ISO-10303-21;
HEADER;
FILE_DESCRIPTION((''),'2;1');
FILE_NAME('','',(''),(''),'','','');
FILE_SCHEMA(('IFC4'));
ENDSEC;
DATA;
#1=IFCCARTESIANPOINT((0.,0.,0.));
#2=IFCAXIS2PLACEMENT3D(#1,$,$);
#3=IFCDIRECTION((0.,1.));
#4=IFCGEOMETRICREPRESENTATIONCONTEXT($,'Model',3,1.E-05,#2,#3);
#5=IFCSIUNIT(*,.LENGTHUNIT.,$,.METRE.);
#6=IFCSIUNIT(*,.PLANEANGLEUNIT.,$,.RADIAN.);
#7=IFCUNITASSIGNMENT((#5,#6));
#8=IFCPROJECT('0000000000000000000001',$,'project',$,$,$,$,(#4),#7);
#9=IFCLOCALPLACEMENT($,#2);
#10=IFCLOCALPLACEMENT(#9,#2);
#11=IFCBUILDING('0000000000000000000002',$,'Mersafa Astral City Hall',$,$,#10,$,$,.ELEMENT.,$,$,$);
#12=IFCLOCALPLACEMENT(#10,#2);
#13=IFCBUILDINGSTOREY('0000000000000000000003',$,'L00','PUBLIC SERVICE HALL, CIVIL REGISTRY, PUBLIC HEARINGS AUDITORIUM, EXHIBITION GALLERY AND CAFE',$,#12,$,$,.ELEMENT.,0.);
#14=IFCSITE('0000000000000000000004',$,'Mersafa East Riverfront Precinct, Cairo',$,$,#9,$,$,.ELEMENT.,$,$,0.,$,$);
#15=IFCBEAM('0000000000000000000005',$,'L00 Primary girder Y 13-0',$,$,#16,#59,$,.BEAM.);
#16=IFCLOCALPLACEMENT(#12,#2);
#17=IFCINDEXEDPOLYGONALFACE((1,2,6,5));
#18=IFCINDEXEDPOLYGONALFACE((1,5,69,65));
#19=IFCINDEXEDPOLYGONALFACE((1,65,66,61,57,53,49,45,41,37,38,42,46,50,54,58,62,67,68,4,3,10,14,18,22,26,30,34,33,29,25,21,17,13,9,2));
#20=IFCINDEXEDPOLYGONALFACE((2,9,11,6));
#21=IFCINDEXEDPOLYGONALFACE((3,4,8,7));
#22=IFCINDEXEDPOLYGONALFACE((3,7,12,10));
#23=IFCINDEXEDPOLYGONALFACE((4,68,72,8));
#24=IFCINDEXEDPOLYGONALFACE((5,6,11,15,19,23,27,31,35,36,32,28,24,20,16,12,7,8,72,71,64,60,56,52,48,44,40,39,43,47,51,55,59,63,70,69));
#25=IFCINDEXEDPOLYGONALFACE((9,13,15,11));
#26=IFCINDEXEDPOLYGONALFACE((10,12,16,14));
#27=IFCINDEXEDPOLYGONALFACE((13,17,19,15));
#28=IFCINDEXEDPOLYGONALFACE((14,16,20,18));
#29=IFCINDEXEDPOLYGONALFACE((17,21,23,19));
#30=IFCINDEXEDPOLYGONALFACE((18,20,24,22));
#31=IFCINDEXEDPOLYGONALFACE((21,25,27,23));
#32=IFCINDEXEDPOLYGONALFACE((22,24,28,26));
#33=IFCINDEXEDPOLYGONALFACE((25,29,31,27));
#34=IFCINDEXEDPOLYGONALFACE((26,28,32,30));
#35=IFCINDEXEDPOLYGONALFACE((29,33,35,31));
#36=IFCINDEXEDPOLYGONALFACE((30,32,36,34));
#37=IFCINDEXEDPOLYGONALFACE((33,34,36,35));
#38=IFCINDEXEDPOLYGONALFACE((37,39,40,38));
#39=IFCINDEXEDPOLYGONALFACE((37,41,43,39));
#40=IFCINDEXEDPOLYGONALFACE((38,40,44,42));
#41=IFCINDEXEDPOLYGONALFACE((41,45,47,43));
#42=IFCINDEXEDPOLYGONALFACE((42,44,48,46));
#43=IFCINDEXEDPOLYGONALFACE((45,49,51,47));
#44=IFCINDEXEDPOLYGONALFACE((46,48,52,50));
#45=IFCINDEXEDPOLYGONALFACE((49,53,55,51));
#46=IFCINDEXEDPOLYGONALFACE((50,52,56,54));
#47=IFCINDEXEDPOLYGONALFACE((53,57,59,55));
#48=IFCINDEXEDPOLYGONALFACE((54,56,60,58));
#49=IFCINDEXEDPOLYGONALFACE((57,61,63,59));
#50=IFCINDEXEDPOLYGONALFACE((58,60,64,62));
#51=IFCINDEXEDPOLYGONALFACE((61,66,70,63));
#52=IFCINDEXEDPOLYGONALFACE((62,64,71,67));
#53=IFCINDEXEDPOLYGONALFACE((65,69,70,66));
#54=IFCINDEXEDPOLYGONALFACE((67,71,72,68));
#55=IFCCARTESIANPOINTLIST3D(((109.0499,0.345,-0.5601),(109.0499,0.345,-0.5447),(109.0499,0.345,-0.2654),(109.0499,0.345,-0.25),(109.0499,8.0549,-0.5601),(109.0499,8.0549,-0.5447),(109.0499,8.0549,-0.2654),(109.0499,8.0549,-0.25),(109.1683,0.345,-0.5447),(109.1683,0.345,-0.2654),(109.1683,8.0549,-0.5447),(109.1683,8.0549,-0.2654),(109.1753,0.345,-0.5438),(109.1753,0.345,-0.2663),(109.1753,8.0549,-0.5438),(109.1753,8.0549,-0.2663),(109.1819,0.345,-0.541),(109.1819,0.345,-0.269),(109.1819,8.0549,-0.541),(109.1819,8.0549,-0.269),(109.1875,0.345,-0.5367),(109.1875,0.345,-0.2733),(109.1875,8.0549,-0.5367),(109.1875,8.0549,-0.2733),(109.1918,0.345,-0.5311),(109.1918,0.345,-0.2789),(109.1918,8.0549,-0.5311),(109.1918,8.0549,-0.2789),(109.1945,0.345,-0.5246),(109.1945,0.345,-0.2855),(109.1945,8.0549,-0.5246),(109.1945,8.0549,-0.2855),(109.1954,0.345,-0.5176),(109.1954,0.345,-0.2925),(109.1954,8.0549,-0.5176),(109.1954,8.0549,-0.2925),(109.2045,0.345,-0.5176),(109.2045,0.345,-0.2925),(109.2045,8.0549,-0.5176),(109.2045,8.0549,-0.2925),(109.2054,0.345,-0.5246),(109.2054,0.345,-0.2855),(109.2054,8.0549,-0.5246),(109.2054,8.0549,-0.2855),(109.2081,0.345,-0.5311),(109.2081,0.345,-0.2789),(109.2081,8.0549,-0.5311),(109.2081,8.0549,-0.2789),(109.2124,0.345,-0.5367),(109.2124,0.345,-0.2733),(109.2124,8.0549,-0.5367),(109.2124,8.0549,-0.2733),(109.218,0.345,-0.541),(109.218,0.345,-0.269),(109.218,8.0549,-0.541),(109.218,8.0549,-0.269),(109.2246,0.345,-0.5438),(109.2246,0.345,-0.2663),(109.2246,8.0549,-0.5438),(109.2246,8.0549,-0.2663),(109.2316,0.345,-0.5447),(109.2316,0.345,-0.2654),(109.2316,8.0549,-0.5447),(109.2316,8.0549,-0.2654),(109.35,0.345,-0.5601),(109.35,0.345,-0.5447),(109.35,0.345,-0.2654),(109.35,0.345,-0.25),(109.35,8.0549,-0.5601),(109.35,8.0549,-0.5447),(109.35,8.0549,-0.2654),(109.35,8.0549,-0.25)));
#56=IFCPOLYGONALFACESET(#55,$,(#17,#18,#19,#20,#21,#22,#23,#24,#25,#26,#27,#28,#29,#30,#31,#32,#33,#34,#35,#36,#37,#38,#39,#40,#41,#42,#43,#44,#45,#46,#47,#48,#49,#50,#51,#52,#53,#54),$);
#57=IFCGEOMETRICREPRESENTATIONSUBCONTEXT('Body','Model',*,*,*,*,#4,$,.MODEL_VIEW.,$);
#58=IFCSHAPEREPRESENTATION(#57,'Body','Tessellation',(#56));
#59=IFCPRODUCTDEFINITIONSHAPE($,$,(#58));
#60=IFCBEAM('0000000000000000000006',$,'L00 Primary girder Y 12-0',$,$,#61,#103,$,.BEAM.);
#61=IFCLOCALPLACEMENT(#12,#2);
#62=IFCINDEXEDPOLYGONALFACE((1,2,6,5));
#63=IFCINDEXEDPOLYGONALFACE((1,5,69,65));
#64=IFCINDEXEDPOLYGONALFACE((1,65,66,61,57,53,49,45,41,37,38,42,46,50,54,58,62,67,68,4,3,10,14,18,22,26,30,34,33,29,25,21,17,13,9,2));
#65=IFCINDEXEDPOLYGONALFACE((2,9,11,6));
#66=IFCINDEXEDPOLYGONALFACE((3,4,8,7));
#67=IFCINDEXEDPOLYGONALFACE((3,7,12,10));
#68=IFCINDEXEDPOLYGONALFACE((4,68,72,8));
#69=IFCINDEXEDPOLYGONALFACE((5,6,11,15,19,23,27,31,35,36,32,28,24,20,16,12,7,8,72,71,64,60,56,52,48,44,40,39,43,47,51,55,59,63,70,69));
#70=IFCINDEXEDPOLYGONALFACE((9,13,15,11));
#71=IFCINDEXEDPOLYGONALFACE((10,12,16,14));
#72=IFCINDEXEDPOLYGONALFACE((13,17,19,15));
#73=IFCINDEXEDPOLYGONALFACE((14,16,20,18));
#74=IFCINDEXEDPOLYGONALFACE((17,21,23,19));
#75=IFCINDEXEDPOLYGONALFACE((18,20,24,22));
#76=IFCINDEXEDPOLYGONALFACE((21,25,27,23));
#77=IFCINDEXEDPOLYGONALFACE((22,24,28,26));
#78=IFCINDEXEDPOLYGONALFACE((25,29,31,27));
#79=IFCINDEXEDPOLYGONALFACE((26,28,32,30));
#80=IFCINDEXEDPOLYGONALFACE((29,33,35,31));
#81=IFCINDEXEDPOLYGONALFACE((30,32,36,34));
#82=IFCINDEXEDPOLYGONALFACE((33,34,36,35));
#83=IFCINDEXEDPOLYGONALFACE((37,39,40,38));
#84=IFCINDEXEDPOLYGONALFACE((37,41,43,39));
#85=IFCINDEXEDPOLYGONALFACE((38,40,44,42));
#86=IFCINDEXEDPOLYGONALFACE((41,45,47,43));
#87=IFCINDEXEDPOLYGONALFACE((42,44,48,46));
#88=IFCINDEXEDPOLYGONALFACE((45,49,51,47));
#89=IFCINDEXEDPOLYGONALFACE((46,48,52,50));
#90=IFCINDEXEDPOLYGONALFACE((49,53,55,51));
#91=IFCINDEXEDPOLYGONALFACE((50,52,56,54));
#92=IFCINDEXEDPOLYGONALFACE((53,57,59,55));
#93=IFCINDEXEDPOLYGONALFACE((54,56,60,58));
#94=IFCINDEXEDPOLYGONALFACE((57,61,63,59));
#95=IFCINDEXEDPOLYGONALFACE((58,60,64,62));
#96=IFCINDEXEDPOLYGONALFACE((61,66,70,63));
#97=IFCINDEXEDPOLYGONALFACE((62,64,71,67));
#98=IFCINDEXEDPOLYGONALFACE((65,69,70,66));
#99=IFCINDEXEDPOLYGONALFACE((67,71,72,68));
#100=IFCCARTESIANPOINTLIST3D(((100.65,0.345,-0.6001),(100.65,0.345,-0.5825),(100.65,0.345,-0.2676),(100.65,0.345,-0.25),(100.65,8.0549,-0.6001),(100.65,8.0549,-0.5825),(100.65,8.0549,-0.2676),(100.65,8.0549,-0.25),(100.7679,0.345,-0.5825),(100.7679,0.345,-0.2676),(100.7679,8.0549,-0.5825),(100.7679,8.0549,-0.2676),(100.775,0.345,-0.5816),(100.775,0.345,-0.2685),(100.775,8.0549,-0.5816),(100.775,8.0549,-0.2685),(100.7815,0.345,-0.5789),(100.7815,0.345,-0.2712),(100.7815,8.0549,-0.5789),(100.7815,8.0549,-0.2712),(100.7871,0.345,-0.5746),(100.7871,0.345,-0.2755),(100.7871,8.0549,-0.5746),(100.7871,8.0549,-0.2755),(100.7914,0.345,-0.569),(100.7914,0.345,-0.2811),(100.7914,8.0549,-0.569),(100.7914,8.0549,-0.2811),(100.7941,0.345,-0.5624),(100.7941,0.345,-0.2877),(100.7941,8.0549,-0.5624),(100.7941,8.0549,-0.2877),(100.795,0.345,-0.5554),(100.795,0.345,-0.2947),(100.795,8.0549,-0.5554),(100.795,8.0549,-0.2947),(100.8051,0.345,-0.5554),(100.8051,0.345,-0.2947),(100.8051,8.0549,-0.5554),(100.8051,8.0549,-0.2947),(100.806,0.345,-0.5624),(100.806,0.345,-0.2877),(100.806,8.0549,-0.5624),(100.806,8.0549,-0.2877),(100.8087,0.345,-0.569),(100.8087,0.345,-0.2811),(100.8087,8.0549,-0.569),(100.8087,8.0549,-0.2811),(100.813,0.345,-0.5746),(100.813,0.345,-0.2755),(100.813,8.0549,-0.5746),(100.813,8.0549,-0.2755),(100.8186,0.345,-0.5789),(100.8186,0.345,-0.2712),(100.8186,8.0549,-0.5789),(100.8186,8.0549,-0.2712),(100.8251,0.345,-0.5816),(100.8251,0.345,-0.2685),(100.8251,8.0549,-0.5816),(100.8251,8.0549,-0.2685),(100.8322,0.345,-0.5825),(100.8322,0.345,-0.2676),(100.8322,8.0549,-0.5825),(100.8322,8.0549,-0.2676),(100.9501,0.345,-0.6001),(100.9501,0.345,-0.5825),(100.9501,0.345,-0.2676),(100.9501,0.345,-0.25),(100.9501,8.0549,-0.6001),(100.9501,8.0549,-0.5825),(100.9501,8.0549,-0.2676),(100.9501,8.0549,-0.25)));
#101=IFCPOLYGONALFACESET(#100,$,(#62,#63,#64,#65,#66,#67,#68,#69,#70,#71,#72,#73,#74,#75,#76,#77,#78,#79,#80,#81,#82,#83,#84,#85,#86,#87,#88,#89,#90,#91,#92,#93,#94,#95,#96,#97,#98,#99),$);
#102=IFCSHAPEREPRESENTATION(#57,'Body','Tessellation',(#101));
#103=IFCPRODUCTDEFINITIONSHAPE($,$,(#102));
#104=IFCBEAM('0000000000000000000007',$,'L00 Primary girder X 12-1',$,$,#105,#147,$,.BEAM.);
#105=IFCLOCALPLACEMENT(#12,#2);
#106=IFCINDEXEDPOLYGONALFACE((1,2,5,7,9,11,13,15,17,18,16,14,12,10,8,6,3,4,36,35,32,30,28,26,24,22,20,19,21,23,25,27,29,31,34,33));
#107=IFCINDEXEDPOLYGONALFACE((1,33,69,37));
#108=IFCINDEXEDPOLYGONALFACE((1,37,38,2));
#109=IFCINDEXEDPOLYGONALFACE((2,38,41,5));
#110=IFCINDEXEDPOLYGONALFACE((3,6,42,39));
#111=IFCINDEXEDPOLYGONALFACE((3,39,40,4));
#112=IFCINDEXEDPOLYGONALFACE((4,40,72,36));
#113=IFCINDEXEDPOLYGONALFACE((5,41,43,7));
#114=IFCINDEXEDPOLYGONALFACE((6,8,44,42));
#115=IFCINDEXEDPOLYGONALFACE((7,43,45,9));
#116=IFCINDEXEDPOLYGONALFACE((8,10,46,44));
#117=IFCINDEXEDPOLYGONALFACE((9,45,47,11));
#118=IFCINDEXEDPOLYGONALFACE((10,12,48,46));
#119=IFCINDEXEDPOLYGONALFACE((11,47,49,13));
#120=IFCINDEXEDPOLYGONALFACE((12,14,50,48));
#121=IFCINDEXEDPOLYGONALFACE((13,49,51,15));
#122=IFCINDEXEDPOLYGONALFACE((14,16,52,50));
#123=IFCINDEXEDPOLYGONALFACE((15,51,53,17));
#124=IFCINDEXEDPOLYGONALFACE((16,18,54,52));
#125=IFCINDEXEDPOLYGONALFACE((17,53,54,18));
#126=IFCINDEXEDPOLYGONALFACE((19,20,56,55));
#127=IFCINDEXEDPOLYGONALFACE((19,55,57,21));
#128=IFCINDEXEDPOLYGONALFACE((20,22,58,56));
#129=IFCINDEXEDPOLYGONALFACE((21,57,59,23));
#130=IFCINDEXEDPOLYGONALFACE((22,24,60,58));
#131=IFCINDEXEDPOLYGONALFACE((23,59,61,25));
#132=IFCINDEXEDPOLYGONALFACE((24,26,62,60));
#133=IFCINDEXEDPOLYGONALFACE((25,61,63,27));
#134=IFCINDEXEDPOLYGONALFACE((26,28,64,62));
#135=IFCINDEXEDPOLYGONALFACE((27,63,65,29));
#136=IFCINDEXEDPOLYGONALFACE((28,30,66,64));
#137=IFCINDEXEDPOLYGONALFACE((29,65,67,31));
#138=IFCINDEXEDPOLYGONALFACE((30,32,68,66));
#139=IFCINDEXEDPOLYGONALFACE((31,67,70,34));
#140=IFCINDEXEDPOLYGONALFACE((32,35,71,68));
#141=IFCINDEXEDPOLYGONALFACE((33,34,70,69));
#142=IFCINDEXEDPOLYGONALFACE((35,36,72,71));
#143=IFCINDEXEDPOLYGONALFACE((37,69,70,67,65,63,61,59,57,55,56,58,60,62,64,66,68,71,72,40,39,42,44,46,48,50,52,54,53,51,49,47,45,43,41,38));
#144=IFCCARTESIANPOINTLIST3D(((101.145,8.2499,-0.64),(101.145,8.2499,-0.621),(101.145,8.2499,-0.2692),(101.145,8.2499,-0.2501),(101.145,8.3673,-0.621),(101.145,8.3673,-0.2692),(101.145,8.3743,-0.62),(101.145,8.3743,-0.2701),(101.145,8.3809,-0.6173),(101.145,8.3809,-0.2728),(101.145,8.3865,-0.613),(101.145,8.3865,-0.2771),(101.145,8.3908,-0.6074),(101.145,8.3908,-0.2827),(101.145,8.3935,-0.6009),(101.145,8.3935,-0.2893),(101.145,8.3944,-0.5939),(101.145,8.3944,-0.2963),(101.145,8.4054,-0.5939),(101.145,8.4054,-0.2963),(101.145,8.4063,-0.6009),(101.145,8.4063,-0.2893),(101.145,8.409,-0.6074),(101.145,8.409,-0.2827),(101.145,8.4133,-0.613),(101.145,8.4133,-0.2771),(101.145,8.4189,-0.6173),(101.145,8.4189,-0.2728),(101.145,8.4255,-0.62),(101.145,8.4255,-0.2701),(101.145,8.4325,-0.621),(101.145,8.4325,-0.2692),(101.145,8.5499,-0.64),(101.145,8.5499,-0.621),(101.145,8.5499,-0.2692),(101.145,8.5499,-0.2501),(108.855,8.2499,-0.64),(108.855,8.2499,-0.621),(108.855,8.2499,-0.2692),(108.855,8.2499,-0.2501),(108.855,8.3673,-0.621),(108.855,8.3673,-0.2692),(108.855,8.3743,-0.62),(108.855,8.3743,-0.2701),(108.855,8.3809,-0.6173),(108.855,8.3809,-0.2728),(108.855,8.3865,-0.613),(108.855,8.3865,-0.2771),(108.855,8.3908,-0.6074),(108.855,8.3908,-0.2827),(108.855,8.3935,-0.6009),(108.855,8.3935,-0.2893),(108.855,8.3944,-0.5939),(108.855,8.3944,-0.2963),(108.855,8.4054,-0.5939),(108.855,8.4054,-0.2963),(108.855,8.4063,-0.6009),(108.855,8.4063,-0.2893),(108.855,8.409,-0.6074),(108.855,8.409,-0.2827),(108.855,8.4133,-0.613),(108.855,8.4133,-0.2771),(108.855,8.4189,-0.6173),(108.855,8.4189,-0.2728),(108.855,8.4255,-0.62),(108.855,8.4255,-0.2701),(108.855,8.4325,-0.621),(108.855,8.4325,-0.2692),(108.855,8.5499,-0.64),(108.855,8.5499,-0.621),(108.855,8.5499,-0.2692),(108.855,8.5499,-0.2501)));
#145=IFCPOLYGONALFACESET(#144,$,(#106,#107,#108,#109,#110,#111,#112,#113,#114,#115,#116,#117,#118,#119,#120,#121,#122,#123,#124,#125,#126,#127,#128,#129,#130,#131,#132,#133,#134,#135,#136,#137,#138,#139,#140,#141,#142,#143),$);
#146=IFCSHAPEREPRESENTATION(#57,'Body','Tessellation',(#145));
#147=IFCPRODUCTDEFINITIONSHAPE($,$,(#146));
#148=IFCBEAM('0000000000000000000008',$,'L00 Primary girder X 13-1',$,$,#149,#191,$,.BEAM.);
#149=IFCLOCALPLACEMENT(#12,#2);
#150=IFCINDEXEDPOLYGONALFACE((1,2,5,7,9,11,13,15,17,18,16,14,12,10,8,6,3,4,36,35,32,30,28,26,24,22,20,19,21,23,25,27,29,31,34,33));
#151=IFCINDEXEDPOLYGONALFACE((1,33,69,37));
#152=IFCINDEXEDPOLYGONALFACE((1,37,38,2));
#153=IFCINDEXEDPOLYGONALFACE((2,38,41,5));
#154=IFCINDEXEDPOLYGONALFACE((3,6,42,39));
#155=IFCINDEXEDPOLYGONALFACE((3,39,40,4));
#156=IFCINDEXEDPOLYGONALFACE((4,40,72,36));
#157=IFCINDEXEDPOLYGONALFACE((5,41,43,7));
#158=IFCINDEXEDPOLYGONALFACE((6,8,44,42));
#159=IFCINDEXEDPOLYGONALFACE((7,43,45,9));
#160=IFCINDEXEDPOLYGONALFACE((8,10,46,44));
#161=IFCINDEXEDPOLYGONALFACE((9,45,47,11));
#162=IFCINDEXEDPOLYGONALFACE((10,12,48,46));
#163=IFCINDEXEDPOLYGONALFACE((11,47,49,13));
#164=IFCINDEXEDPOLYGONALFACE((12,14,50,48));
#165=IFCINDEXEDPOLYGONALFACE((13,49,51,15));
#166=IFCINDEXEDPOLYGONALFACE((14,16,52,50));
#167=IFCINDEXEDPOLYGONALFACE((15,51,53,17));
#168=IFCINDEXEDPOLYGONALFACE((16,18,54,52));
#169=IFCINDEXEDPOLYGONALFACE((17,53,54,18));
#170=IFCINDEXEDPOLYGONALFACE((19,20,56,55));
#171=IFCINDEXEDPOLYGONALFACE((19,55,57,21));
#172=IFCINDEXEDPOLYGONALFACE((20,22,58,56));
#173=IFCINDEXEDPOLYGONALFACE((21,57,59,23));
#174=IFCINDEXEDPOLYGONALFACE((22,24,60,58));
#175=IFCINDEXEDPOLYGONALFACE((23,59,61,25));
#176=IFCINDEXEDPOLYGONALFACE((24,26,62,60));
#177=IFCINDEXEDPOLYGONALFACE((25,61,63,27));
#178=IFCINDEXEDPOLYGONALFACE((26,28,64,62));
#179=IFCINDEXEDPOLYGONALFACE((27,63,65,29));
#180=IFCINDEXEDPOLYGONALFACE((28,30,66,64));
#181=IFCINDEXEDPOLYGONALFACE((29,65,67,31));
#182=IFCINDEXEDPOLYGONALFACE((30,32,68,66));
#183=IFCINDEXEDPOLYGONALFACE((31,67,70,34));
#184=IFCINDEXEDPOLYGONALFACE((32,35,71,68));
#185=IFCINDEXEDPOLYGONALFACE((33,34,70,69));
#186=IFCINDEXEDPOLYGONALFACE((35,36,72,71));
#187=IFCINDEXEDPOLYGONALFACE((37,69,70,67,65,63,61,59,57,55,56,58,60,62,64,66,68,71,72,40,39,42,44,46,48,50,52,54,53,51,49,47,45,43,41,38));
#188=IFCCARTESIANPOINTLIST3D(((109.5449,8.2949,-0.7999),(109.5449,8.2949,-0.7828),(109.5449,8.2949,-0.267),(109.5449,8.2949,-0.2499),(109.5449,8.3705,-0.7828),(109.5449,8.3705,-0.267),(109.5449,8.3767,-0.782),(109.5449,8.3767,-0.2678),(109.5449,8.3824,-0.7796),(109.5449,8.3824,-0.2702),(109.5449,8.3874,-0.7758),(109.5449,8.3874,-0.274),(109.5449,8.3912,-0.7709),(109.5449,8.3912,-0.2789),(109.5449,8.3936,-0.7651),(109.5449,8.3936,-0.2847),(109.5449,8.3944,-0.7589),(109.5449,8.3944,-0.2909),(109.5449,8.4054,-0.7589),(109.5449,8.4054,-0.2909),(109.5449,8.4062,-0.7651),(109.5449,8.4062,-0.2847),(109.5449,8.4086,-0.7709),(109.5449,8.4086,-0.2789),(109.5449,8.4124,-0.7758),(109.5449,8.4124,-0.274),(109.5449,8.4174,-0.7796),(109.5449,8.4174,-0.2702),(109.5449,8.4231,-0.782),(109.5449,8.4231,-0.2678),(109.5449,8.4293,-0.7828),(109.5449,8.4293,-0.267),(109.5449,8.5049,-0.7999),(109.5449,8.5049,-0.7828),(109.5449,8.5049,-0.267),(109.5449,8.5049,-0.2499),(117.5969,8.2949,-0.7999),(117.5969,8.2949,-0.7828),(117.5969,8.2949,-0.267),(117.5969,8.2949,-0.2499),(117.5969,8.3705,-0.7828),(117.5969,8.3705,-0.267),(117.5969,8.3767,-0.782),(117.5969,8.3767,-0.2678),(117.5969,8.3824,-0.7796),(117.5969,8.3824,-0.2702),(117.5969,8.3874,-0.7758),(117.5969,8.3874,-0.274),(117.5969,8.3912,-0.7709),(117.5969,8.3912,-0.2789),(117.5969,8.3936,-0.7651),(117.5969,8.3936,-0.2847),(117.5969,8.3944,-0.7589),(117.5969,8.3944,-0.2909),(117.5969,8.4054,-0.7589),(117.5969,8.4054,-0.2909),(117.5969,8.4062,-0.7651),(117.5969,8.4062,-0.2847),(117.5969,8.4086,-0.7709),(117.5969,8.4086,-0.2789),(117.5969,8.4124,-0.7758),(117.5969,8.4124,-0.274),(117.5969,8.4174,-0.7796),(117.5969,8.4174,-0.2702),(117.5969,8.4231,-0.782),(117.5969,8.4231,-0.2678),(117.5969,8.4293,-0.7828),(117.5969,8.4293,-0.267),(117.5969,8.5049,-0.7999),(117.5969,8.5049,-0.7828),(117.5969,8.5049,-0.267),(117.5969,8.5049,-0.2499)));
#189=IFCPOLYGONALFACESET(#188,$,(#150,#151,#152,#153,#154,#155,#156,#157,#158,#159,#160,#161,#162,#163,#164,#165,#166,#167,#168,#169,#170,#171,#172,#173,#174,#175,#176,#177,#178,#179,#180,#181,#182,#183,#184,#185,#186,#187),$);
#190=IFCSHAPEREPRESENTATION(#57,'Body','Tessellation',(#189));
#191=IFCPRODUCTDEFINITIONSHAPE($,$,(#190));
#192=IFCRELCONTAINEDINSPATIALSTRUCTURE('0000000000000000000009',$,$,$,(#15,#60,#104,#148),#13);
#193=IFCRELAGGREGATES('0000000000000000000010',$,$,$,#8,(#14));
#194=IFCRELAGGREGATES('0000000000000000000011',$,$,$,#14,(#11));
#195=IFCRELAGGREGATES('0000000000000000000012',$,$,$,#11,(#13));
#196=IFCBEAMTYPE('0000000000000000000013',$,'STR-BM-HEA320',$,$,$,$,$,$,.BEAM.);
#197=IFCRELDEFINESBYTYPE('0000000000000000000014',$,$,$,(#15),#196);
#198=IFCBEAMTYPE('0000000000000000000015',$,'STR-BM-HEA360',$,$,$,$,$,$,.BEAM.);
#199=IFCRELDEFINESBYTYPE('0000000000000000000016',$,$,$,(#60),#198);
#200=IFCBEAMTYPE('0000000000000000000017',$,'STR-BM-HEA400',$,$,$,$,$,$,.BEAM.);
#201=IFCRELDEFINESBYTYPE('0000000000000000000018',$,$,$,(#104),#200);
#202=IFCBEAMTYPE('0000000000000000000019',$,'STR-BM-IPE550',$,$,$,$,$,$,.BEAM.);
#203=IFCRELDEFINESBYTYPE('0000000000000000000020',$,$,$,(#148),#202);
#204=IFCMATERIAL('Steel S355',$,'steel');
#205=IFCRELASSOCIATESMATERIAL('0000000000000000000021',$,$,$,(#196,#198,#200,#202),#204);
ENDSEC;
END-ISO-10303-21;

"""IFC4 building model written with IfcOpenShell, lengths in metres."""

from ifc_helpers import new_model, si_unit, direction, frame, origin, origin_2d, place, context, subcontext, project, spatial, i_section, extrude, material, material_profile, profile_set, type_object, element, save


model = new_model("IFC4")

# Units and contexts
model_context = context("Model", 3, precision=1e-05, world=origin(), true_north=direction((0.0, 1.0)))
body_context = subcontext(model_context, "Body", "Model", "MODEL_VIEW")
ifc_project = project(units=[si_unit("LENGTHUNIT", "METRE"), si_unit("PLANEANGLEUNIT", "RADIAN")], contexts=[model_context])

# Site, building, storey
site_placement = place(None, origin())
site = spatial("IfcSite", under=ifc_project, at=site_placement, Name="Mersafa East Riverfront Precinct, Cairo", CompositionType="ELEMENT", RefElevation=0.0)
building_placement = place(site_placement, origin())
building = spatial("IfcBuilding", under=site, at=building_placement, Name="Mersafa Astral City Hall", CompositionType="ELEMENT")
storey_placement = place(building_placement, origin())
storey = spatial("IfcBuildingStorey", under=building, at=storey_placement, Name="L00", Description="PUBLIC SERVICE HALL, CIVIL REGISTRY, PUBLIC HEARINGS AUDITORIUM, EXHIBITION GALLERY AND CAFE", CompositionType="ELEMENT", Elevation=0.0)

# Shared definitions
ifc_material_1 = material(Name="Steel S355", Category="steel")

# Beams
ifc_material_profile_1 = material_profile(ifc_material_1, i_section(OverallWidth=0.3, OverallDepth=0.3101, WebThickness=0.009, FlangeThickness=0.0154, FilletRadius=0.0271, at=origin_2d()), Name="HEA 320")
ifc_profile_set_1 = profile_set([ifc_material_profile_1], Name="Steel S355")
beam_type_1 = type_object("IfcBeamType", Name="STR-BM-HEA320", PredefinedType="BEAM", material=ifc_profile_set_1)
beam_1_placement = place(storey_placement, frame((109.2, 0.345, -0.405), z_axis=(0.0, 1.0, 0.0), x_axis=(-1.0, 0.0, 0.0)))
element("IfcBeam", 1, at=beam_1_placement, inside=storey, type_object=beam_type_1, Name="L00 Primary girder Y 13-0", PredefinedType="BEAM", context=body_context, shape_type="SweptSolid", body=[
    extrude(i_section(OverallWidth=0.3, OverallDepth=0.3101, WebThickness=0.009, FlangeThickness=0.0154, FilletRadius=0.0271, at=origin_2d()), origin(), (0.0, 0.0, 1.0), 7.71),
])
ifc_material_profile_2 = material_profile(ifc_material_1, i_section(OverallWidth=0.3, OverallDepth=0.3501, WebThickness=0.01, FlangeThickness=0.0176, FilletRadius=0.0271, at=origin_2d()), Name="HEA 360")
ifc_profile_set_2 = profile_set([ifc_material_profile_2], Name="Steel S355")
beam_type_2 = type_object("IfcBeamType", Name="STR-BM-HEA360", PredefinedType="BEAM", material=ifc_profile_set_2)
beam_2_placement = place(storey_placement, frame((100.8, 0.345, -0.425), z_axis=(0.0, 1.0, 0.0), x_axis=(-1.0, 0.0, 0.0)))
element("IfcBeam", 2, at=beam_2_placement, inside=storey, type_object=beam_type_2, Name="L00 Primary girder Y 12-0", PredefinedType="BEAM", context=body_context, shape_type="SweptSolid", body=[
    extrude(i_section(OverallWidth=0.3, OverallDepth=0.3501, WebThickness=0.01, FlangeThickness=0.0176, FilletRadius=0.0271, at=origin_2d()), origin(), (0.0, 0.0, 1.0), 7.71),
])
ifc_material_profile_3 = material_profile(ifc_material_1, i_section(OverallWidth=0.3, OverallDepth=0.3899, WebThickness=0.011, FlangeThickness=0.019, FilletRadius=0.0271, at=origin_2d()), Name="HEA 400")
ifc_profile_set_3 = profile_set([ifc_material_profile_3], Name="Steel S355")
beam_type_3 = type_object("IfcBeamType", Name="STR-BM-HEA400", PredefinedType="BEAM", material=ifc_profile_set_3)
beam_3_placement = place(storey_placement, frame((101.145, 8.3999, -0.4451), z_axis=(1.0, 0.0, 0.0), x_axis=(0.0, 1.0, 0.0)))
element("IfcBeam", 3, at=beam_3_placement, inside=storey, type_object=beam_type_3, Name="L00 Primary girder X 12-1", PredefinedType="BEAM", context=body_context, shape_type="SweptSolid", body=[
    extrude(i_section(OverallWidth=0.3, OverallDepth=0.3899, WebThickness=0.011, FlangeThickness=0.019, FilletRadius=0.0271, at=origin_2d()), origin(), (0.0, 0.0, 1.0), 7.71),
])
ifc_material_profile_4 = material_profile(ifc_material_1, i_section(OverallWidth=0.21, OverallDepth=0.55, WebThickness=0.011, FlangeThickness=0.0171, FilletRadius=0.0239, at=origin_2d()), Name="IPE 550")
ifc_profile_set_4 = profile_set([ifc_material_profile_4], Name="Steel S355")
beam_type_4 = type_object("IfcBeamType", Name="STR-BM-IPE550", PredefinedType="BEAM", material=ifc_profile_set_4)
beam_4_placement = place(storey_placement, frame((109.5449, 8.3999, -0.5249), z_axis=(1.0, 0.0, 0.0), x_axis=(0.0, 1.0, 0.0)))
element("IfcBeam", 4, at=beam_4_placement, inside=storey, type_object=beam_type_4, Name="L00 Primary girder X 13-1", PredefinedType="BEAM", context=body_context, shape_type="SweptSolid", body=[
    extrude(i_section(OverallWidth=0.21, OverallDepth=0.55, WebThickness=0.011, FlangeThickness=0.0171, FilletRadius=0.0239, at=origin_2d()), origin(), (0.0, 0.0, 1.0), 8.052),
])

save(model, "model.ifc")
